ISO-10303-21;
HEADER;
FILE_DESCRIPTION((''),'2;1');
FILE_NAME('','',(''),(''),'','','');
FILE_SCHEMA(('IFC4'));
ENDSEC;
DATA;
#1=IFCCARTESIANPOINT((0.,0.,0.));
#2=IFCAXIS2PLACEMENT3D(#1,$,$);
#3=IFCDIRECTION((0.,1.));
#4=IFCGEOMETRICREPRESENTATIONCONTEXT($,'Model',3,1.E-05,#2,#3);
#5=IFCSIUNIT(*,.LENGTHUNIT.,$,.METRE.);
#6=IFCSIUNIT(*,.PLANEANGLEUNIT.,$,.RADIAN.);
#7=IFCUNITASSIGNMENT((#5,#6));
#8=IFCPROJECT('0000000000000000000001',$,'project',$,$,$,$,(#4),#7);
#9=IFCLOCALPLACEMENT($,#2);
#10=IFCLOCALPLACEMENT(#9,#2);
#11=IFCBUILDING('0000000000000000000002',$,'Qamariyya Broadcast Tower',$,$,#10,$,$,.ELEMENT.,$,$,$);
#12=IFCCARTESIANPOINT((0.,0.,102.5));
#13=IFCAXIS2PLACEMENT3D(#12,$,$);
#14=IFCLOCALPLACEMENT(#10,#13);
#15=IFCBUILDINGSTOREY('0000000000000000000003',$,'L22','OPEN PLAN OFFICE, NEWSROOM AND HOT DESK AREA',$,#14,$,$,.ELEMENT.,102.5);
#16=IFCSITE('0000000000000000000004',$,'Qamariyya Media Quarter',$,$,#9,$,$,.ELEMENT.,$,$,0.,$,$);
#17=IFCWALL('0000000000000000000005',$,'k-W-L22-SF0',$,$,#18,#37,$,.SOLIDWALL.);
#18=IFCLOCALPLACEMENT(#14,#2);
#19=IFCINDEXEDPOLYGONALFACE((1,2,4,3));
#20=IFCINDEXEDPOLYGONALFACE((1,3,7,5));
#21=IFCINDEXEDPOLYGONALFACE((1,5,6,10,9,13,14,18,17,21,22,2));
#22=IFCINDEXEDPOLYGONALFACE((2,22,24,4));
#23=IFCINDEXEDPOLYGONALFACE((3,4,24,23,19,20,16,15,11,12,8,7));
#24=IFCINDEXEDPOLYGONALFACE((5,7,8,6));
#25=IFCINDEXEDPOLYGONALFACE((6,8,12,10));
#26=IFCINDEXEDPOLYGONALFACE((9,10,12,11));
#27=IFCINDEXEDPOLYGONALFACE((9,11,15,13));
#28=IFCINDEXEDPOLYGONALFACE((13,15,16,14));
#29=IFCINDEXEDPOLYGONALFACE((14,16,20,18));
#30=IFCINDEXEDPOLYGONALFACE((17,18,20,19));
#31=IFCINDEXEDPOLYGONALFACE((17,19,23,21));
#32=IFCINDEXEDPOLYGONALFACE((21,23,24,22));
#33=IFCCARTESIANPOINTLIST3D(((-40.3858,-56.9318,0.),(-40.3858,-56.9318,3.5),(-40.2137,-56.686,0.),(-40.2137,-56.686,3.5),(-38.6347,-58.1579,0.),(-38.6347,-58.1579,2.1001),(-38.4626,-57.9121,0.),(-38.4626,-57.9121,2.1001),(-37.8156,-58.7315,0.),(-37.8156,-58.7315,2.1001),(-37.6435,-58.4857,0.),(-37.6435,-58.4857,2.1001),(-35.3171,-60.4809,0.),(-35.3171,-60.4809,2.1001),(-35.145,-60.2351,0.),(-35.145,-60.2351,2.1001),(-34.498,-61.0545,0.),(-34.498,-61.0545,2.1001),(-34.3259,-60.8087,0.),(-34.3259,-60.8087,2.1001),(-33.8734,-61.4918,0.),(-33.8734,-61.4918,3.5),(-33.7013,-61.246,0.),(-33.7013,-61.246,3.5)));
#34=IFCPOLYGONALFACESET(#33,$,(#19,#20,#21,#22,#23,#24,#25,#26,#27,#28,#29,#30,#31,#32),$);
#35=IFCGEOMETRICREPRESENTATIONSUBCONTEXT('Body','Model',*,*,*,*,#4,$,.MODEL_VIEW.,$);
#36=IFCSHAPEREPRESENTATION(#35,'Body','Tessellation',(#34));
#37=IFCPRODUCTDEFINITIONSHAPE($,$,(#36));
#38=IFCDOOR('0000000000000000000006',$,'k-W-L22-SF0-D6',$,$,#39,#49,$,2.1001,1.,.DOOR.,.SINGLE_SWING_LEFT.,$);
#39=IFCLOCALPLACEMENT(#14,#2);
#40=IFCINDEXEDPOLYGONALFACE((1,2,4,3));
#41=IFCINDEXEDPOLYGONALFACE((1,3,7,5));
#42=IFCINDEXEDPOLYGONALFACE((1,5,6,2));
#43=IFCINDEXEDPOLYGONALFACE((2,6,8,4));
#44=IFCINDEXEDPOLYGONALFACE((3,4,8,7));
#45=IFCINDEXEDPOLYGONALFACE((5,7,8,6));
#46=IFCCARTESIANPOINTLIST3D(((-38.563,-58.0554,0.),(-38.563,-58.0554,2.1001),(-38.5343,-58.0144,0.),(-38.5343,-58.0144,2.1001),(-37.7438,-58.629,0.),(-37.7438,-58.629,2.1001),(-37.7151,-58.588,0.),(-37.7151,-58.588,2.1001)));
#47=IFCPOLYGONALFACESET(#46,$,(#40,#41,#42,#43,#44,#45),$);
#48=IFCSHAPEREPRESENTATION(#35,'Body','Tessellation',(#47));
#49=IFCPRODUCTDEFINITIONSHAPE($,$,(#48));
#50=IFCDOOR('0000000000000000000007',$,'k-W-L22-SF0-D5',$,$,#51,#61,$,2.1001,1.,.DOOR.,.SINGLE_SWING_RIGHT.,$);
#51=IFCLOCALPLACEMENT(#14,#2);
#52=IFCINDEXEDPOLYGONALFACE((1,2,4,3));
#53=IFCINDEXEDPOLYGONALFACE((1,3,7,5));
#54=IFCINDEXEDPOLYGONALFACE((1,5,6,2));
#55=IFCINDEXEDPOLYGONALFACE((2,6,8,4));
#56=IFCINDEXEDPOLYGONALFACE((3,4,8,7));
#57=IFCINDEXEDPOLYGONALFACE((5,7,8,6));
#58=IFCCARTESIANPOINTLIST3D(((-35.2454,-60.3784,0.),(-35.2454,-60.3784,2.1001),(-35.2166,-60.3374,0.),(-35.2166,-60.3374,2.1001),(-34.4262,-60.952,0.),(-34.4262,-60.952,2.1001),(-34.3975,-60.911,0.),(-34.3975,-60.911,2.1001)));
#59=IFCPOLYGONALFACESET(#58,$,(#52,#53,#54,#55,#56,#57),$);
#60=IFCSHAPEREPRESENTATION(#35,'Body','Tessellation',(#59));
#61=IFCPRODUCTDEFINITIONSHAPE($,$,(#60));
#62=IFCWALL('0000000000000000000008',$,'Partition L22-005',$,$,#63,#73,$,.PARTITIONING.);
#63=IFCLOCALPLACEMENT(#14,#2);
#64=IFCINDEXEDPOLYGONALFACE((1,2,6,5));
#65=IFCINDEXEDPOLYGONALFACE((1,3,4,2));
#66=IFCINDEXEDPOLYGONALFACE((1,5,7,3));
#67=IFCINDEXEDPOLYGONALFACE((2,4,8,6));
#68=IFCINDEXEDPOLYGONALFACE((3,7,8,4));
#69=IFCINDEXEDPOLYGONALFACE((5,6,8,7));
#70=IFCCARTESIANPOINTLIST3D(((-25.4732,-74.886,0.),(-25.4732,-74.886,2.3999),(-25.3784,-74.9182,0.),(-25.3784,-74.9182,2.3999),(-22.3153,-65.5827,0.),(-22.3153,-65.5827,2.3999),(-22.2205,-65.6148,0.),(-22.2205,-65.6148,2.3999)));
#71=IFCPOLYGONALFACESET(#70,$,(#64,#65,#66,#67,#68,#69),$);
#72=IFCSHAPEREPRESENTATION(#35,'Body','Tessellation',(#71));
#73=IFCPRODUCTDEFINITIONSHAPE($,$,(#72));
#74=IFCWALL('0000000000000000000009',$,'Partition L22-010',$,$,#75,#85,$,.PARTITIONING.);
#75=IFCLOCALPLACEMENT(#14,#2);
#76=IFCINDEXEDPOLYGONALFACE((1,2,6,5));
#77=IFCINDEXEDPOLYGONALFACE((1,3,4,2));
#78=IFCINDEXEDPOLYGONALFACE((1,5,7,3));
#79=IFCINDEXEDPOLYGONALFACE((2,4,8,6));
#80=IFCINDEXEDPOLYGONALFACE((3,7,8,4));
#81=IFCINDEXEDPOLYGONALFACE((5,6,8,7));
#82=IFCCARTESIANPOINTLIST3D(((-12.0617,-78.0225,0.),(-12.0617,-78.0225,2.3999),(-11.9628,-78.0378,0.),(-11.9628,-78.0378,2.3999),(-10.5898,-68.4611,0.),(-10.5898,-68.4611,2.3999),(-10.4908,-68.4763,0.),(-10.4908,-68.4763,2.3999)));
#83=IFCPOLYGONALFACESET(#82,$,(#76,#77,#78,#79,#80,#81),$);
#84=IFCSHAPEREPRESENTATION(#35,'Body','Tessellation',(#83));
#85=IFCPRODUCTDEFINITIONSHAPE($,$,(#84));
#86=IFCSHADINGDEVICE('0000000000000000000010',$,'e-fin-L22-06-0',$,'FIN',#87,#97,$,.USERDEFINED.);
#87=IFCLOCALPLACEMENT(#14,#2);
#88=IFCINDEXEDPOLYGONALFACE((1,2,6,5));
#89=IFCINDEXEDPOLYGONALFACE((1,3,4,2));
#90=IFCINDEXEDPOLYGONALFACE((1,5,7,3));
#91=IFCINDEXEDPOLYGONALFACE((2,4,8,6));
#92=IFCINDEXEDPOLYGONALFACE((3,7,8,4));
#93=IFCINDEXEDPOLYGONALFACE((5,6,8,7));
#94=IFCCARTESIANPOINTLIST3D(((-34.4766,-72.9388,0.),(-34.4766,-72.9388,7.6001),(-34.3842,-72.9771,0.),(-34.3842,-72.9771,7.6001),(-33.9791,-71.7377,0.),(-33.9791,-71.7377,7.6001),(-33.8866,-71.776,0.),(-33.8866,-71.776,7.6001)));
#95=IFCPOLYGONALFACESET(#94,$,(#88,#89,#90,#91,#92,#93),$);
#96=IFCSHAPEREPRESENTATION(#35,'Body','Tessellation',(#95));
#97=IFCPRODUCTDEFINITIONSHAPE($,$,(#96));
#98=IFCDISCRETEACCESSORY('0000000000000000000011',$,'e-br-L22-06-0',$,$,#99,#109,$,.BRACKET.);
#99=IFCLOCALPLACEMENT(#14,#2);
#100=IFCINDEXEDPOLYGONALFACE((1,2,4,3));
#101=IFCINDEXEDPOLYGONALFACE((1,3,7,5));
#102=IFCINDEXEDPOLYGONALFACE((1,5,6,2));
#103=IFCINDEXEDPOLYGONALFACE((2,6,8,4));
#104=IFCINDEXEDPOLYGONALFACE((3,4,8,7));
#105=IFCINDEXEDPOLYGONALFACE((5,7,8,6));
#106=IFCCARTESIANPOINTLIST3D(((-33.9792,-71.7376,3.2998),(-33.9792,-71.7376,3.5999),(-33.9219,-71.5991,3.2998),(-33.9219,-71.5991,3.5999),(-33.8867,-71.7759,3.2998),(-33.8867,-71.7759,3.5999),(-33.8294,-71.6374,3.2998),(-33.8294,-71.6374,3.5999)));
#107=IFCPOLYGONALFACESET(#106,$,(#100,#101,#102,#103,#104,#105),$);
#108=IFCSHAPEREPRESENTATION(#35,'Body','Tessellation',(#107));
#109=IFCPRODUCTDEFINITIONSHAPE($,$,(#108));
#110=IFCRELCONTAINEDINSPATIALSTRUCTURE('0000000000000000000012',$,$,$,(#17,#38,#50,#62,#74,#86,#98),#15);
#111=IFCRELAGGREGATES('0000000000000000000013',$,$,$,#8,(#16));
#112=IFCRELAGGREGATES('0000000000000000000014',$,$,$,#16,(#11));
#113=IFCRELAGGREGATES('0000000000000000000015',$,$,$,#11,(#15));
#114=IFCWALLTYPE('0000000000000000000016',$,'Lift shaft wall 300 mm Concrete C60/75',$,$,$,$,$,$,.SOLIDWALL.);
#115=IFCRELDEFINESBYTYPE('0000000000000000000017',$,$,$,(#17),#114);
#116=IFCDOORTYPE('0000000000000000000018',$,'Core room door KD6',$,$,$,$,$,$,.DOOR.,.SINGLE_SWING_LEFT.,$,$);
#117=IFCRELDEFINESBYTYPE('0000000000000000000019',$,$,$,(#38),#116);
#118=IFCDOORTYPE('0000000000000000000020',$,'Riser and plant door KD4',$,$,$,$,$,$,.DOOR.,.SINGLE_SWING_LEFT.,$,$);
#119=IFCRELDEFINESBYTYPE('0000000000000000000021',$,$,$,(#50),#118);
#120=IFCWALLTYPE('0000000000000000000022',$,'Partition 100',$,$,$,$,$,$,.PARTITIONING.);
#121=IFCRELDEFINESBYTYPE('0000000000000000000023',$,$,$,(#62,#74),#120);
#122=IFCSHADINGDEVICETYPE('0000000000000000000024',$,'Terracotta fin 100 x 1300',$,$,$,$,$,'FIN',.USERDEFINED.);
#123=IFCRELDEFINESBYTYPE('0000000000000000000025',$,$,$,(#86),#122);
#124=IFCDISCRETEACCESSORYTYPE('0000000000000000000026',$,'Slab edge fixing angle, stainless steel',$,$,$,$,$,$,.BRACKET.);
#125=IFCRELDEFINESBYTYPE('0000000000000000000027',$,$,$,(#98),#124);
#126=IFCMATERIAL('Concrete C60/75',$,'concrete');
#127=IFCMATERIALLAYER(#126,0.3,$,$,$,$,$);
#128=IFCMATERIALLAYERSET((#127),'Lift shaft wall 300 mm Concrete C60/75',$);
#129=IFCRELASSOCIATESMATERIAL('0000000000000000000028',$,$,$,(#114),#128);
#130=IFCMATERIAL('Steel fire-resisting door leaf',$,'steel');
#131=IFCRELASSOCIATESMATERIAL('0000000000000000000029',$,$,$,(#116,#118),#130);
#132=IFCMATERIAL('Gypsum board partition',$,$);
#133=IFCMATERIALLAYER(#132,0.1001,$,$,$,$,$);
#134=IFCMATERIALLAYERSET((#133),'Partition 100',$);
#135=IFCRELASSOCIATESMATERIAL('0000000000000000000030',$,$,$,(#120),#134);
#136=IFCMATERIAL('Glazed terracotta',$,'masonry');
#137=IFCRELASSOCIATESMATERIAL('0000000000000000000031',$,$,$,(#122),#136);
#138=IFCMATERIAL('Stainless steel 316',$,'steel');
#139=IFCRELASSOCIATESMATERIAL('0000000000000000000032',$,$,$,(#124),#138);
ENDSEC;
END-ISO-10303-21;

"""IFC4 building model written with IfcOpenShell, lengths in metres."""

from ifc_helpers import new_model, si_unit, direction, frame, frame_2d, origin, origin_2d, place, context, subcontext, project, spatial, rectangle, extrude, material, layer, layer_set, material_profile, profile_set, type_object, element, fill, save


model = new_model("IFC4")

# Units and contexts
model_context = context("Model", 3, precision=1e-05, world=origin(), true_north=direction((0.0, 1.0)))
body_context = subcontext(model_context, "Body", "Model", "MODEL_VIEW")
ifc_project = project(units=[si_unit("LENGTHUNIT", "METRE"), si_unit("PLANEANGLEUNIT", "RADIAN")], contexts=[model_context])

# Site, building, storey
site_placement = place(None, origin())
site = spatial("IfcSite", under=ifc_project, at=site_placement, Name="Qamariyya Media Quarter", CompositionType="ELEMENT", RefElevation=0.0)
building_placement = place(site_placement, origin())
building = spatial("IfcBuilding", under=site, at=building_placement, Name="Qamariyya Broadcast Tower", CompositionType="ELEMENT")
storey_placement = place(building_placement, frame((0.0, 0.0, 102.5)))
storey = spatial("IfcBuildingStorey", under=building, at=storey_placement, Name="L22", Description="OPEN PLAN OFFICE, NEWSROOM AND HOT DESK AREA", CompositionType="ELEMENT", Elevation=102.5)

# Shared definitions
ifc_material_1 = material(Name="Gypsum board partition")

# Shared definitions
ifc_material_2 = material(Name="Concrete C60/75", Category="concrete")
ifc_layer_1 = layer(ifc_material_2, 0.3)
ifc_layer_set_1 = layer_set([ifc_layer_1], Name="Lift shaft wall 300 mm Concrete C60/75")
wall_type_1 = type_object("IfcWallType", Name="Lift shaft wall 300 mm Concrete C60/75", PredefinedType="SOLIDWALL", material=ifc_layer_set_1)
ifc_material_3 = material(Name="Steel fire-resisting door leaf", Category="steel")

# Wall, openings, doors
wall_1_placement = place(storey_placement, frame((-33.7874, -61.3689, 0.0), z_axis=(0.0, 0.0, 1.0), x_axis=(-0.819153, 0.573576, 0.0)))
wall_1 = element("IfcWall", 1, at=wall_1_placement, inside=storey, type_object=wall_type_1, Name="k-W-L22-SF0", PredefinedType="SOLIDWALL", context=body_context, shape_type="SweptSolid", body=[
    extrude(rectangle(XDim=7.9502, YDim=0.3, at=frame_2d((3.9751, 0.0))), origin(), (0.0, 0.0, 1.0), 3.5),
])
opening_1_placement = place(wall_1_placement, frame((0.7625, 0.0, 0.0)))
opening_1 = element("IfcOpeningElement", 2, at=opening_1_placement, cuts=wall_1, PredefinedType="OPENING", context=body_context, shape_type="SweptSolid", body=[
    extrude(rectangle(XDim=1.0, YDim=2.1001, at=frame_2d((0.5, 1.05))), frame((0.0, 0.1599, 0.0), z_axis=(0.0, -1.0, 0.0), x_axis=(1.0, 0.0, 0.0)), (0.0, 0.0, 1.0), 0.3201),
])
opening_2_placement = place(wall_1_placement, frame((4.8125, 0.0, 0.0)))
opening_2 = element("IfcOpeningElement", 3, at=opening_2_placement, cuts=wall_1, PredefinedType="OPENING", context=body_context, shape_type="SweptSolid", body=[
    extrude(rectangle(XDim=1.0, YDim=2.1001, at=frame_2d((0.5, 1.05))), frame((0.0, 0.1599, 0.0), z_axis=(0.0, -1.0, 0.0), x_axis=(1.0, 0.0, 0.0)), (0.0, 0.0, 1.0), 0.3201),
])
door_type_1 = type_object("IfcDoorType", Name="Core room door KD6", OperationType="SINGLE_SWING_LEFT", PredefinedType="DOOR", material=ifc_material_3)
door_1_placement = place(opening_2_placement, origin())
door_1 = element("IfcDoor", 4, at=door_1_placement, inside=storey, type_object=door_type_1, Name="k-W-L22-SF0-D6", OperationType="SINGLE_SWING_LEFT", OverallHeight=2.1001, OverallWidth=1.0, PredefinedType="DOOR", context=body_context, shape_type="SweptSolid", body=[
    extrude(rectangle(XDim=1.0, YDim=2.1001, at=frame_2d((0.5, 1.05))), frame((0.0, 0.0249, 0.0), z_axis=(0.0, -1.0, 0.0), x_axis=(1.0, 0.0, 0.0)), (0.0, 0.0, 1.0), 0.05),
])
fill(opening_2, door_1)
door_type_2 = type_object("IfcDoorType", Name="Riser and plant door KD4", OperationType="SINGLE_SWING_LEFT", PredefinedType="DOOR", material=ifc_material_3)
door_2_placement = place(opening_1_placement, origin())
door_2 = element("IfcDoor", 5, at=door_2_placement, inside=storey, type_object=door_type_2, Name="k-W-L22-SF0-D5", OperationType="SINGLE_SWING_RIGHT", OverallHeight=2.1001, OverallWidth=1.0, PredefinedType="DOOR", context=body_context, shape_type="SweptSolid", body=[
    extrude(rectangle(XDim=1.0, YDim=2.1001, at=frame_2d((0.5, 1.05))), frame((0.0, 0.0249, 0.0), z_axis=(0.0, -1.0, 0.0), x_axis=(1.0, 0.0, 0.0)), (0.0, 0.0, 1.0), 0.05),
])
fill(opening_1, door_2)

# Walls
ifc_layer_2 = layer(ifc_material_1, 0.1001)
ifc_layer_set_2 = layer_set([ifc_layer_2], Name="Partition 100")
wall_type_2 = type_object("IfcWallType", Name="Partition 100", PredefinedType="PARTITIONING", material=ifc_layer_set_2)
wall_2_placement = place(storey_placement, frame((-25.4258, -74.9021, 0.0), z_axis=(0.0, 0.0, 1.0), x_axis=(0.321426, 0.946935, 0.0)))
element("IfcWall", 6, at=wall_2_placement, inside=storey, type_object=wall_type_2, Name="Partition L22-005", PredefinedType="PARTITIONING", context=body_context, shape_type="SweptSolid", body=[
    extrude(rectangle(XDim=9.8247, YDim=0.1001, at=frame_2d((4.9124, 0.0))), origin(), (0.0, 0.0, 1.0), 2.3999),
])
wall_3_placement = place(storey_placement, frame((-12.0122, -78.03, 0.0), z_axis=(0.0, 0.0, 1.0), x_axis=(0.15215, 0.988357, 0.0)))
element("IfcWall", 7, at=wall_3_placement, inside=storey, type_object=wall_type_2, Name="Partition L22-010", PredefinedType="PARTITIONING", context=body_context, shape_type="SweptSolid", body=[
    extrude(rectangle(XDim=9.6741, YDim=0.1001, at=frame_2d((4.8369, 0.0))), origin(), (0.0, 0.0, 1.0), 2.3999),
])

# Shading device
ifc_material_4 = material(Name="Glazed terracotta", Category="masonry")
ifc_material_profile_1 = material_profile(ifc_material_4, rectangle(XDim=1.3, YDim=0.1001, at=origin_2d()))
ifc_profile_set_1 = profile_set([ifc_material_profile_1], Name="Glazed terracotta")
shading_device_type = type_object("IfcShadingDeviceType", Name="Terracotta fin 100 x 1300", ElementType="FIN", PredefinedType="USERDEFINED", material=ifc_profile_set_1)
shading_device_placement = place(storey_placement, frame((-34.1816, -72.3574, 0.0), z_axis=(0.0, 0.0, 1.0), x_axis=(-0.382683, -0.92388, 0.0)))
element("IfcShadingDevice", 8, at=shading_device_placement, inside=storey, type_object=shading_device_type, Name="e-fin-L22-06-0", ObjectType="FIN", PredefinedType="USERDEFINED", context=body_context, shape_type="SweptSolid", body=[
    extrude(rectangle(XDim=1.3, YDim=0.1001, at=origin_2d()), origin(), (0.0, 0.0, 1.0), 7.6001),
])

# Discrete accessory
ifc_material_5 = material(Name="Stainless steel 316", Category="steel")
discrete_accessory_type = type_object("IfcDiscreteAccessoryType", Name="Slab edge fixing angle, stainless steel", PredefinedType="BRACKET", material=ifc_material_5)
discrete_accessory_placement = place(storey_placement, frame((-33.9043, -71.6875, 3.2998), z_axis=(0.0, 0.0, 1.0), x_axis=(0.92388, -0.382683, 0.0)))
element("IfcDiscreteAccessory", 9, at=discrete_accessory_placement, inside=storey, type_object=discrete_accessory_type, Name="e-br-L22-06-0", PredefinedType="BRACKET", context=body_context, shape_type="SweptSolid", body=[
    extrude(rectangle(XDim=0.1001, YDim=0.1499, at=origin_2d()), origin(), (0.0, 0.0, 1.0), 0.3),
])

save(model, "model.ifc")
